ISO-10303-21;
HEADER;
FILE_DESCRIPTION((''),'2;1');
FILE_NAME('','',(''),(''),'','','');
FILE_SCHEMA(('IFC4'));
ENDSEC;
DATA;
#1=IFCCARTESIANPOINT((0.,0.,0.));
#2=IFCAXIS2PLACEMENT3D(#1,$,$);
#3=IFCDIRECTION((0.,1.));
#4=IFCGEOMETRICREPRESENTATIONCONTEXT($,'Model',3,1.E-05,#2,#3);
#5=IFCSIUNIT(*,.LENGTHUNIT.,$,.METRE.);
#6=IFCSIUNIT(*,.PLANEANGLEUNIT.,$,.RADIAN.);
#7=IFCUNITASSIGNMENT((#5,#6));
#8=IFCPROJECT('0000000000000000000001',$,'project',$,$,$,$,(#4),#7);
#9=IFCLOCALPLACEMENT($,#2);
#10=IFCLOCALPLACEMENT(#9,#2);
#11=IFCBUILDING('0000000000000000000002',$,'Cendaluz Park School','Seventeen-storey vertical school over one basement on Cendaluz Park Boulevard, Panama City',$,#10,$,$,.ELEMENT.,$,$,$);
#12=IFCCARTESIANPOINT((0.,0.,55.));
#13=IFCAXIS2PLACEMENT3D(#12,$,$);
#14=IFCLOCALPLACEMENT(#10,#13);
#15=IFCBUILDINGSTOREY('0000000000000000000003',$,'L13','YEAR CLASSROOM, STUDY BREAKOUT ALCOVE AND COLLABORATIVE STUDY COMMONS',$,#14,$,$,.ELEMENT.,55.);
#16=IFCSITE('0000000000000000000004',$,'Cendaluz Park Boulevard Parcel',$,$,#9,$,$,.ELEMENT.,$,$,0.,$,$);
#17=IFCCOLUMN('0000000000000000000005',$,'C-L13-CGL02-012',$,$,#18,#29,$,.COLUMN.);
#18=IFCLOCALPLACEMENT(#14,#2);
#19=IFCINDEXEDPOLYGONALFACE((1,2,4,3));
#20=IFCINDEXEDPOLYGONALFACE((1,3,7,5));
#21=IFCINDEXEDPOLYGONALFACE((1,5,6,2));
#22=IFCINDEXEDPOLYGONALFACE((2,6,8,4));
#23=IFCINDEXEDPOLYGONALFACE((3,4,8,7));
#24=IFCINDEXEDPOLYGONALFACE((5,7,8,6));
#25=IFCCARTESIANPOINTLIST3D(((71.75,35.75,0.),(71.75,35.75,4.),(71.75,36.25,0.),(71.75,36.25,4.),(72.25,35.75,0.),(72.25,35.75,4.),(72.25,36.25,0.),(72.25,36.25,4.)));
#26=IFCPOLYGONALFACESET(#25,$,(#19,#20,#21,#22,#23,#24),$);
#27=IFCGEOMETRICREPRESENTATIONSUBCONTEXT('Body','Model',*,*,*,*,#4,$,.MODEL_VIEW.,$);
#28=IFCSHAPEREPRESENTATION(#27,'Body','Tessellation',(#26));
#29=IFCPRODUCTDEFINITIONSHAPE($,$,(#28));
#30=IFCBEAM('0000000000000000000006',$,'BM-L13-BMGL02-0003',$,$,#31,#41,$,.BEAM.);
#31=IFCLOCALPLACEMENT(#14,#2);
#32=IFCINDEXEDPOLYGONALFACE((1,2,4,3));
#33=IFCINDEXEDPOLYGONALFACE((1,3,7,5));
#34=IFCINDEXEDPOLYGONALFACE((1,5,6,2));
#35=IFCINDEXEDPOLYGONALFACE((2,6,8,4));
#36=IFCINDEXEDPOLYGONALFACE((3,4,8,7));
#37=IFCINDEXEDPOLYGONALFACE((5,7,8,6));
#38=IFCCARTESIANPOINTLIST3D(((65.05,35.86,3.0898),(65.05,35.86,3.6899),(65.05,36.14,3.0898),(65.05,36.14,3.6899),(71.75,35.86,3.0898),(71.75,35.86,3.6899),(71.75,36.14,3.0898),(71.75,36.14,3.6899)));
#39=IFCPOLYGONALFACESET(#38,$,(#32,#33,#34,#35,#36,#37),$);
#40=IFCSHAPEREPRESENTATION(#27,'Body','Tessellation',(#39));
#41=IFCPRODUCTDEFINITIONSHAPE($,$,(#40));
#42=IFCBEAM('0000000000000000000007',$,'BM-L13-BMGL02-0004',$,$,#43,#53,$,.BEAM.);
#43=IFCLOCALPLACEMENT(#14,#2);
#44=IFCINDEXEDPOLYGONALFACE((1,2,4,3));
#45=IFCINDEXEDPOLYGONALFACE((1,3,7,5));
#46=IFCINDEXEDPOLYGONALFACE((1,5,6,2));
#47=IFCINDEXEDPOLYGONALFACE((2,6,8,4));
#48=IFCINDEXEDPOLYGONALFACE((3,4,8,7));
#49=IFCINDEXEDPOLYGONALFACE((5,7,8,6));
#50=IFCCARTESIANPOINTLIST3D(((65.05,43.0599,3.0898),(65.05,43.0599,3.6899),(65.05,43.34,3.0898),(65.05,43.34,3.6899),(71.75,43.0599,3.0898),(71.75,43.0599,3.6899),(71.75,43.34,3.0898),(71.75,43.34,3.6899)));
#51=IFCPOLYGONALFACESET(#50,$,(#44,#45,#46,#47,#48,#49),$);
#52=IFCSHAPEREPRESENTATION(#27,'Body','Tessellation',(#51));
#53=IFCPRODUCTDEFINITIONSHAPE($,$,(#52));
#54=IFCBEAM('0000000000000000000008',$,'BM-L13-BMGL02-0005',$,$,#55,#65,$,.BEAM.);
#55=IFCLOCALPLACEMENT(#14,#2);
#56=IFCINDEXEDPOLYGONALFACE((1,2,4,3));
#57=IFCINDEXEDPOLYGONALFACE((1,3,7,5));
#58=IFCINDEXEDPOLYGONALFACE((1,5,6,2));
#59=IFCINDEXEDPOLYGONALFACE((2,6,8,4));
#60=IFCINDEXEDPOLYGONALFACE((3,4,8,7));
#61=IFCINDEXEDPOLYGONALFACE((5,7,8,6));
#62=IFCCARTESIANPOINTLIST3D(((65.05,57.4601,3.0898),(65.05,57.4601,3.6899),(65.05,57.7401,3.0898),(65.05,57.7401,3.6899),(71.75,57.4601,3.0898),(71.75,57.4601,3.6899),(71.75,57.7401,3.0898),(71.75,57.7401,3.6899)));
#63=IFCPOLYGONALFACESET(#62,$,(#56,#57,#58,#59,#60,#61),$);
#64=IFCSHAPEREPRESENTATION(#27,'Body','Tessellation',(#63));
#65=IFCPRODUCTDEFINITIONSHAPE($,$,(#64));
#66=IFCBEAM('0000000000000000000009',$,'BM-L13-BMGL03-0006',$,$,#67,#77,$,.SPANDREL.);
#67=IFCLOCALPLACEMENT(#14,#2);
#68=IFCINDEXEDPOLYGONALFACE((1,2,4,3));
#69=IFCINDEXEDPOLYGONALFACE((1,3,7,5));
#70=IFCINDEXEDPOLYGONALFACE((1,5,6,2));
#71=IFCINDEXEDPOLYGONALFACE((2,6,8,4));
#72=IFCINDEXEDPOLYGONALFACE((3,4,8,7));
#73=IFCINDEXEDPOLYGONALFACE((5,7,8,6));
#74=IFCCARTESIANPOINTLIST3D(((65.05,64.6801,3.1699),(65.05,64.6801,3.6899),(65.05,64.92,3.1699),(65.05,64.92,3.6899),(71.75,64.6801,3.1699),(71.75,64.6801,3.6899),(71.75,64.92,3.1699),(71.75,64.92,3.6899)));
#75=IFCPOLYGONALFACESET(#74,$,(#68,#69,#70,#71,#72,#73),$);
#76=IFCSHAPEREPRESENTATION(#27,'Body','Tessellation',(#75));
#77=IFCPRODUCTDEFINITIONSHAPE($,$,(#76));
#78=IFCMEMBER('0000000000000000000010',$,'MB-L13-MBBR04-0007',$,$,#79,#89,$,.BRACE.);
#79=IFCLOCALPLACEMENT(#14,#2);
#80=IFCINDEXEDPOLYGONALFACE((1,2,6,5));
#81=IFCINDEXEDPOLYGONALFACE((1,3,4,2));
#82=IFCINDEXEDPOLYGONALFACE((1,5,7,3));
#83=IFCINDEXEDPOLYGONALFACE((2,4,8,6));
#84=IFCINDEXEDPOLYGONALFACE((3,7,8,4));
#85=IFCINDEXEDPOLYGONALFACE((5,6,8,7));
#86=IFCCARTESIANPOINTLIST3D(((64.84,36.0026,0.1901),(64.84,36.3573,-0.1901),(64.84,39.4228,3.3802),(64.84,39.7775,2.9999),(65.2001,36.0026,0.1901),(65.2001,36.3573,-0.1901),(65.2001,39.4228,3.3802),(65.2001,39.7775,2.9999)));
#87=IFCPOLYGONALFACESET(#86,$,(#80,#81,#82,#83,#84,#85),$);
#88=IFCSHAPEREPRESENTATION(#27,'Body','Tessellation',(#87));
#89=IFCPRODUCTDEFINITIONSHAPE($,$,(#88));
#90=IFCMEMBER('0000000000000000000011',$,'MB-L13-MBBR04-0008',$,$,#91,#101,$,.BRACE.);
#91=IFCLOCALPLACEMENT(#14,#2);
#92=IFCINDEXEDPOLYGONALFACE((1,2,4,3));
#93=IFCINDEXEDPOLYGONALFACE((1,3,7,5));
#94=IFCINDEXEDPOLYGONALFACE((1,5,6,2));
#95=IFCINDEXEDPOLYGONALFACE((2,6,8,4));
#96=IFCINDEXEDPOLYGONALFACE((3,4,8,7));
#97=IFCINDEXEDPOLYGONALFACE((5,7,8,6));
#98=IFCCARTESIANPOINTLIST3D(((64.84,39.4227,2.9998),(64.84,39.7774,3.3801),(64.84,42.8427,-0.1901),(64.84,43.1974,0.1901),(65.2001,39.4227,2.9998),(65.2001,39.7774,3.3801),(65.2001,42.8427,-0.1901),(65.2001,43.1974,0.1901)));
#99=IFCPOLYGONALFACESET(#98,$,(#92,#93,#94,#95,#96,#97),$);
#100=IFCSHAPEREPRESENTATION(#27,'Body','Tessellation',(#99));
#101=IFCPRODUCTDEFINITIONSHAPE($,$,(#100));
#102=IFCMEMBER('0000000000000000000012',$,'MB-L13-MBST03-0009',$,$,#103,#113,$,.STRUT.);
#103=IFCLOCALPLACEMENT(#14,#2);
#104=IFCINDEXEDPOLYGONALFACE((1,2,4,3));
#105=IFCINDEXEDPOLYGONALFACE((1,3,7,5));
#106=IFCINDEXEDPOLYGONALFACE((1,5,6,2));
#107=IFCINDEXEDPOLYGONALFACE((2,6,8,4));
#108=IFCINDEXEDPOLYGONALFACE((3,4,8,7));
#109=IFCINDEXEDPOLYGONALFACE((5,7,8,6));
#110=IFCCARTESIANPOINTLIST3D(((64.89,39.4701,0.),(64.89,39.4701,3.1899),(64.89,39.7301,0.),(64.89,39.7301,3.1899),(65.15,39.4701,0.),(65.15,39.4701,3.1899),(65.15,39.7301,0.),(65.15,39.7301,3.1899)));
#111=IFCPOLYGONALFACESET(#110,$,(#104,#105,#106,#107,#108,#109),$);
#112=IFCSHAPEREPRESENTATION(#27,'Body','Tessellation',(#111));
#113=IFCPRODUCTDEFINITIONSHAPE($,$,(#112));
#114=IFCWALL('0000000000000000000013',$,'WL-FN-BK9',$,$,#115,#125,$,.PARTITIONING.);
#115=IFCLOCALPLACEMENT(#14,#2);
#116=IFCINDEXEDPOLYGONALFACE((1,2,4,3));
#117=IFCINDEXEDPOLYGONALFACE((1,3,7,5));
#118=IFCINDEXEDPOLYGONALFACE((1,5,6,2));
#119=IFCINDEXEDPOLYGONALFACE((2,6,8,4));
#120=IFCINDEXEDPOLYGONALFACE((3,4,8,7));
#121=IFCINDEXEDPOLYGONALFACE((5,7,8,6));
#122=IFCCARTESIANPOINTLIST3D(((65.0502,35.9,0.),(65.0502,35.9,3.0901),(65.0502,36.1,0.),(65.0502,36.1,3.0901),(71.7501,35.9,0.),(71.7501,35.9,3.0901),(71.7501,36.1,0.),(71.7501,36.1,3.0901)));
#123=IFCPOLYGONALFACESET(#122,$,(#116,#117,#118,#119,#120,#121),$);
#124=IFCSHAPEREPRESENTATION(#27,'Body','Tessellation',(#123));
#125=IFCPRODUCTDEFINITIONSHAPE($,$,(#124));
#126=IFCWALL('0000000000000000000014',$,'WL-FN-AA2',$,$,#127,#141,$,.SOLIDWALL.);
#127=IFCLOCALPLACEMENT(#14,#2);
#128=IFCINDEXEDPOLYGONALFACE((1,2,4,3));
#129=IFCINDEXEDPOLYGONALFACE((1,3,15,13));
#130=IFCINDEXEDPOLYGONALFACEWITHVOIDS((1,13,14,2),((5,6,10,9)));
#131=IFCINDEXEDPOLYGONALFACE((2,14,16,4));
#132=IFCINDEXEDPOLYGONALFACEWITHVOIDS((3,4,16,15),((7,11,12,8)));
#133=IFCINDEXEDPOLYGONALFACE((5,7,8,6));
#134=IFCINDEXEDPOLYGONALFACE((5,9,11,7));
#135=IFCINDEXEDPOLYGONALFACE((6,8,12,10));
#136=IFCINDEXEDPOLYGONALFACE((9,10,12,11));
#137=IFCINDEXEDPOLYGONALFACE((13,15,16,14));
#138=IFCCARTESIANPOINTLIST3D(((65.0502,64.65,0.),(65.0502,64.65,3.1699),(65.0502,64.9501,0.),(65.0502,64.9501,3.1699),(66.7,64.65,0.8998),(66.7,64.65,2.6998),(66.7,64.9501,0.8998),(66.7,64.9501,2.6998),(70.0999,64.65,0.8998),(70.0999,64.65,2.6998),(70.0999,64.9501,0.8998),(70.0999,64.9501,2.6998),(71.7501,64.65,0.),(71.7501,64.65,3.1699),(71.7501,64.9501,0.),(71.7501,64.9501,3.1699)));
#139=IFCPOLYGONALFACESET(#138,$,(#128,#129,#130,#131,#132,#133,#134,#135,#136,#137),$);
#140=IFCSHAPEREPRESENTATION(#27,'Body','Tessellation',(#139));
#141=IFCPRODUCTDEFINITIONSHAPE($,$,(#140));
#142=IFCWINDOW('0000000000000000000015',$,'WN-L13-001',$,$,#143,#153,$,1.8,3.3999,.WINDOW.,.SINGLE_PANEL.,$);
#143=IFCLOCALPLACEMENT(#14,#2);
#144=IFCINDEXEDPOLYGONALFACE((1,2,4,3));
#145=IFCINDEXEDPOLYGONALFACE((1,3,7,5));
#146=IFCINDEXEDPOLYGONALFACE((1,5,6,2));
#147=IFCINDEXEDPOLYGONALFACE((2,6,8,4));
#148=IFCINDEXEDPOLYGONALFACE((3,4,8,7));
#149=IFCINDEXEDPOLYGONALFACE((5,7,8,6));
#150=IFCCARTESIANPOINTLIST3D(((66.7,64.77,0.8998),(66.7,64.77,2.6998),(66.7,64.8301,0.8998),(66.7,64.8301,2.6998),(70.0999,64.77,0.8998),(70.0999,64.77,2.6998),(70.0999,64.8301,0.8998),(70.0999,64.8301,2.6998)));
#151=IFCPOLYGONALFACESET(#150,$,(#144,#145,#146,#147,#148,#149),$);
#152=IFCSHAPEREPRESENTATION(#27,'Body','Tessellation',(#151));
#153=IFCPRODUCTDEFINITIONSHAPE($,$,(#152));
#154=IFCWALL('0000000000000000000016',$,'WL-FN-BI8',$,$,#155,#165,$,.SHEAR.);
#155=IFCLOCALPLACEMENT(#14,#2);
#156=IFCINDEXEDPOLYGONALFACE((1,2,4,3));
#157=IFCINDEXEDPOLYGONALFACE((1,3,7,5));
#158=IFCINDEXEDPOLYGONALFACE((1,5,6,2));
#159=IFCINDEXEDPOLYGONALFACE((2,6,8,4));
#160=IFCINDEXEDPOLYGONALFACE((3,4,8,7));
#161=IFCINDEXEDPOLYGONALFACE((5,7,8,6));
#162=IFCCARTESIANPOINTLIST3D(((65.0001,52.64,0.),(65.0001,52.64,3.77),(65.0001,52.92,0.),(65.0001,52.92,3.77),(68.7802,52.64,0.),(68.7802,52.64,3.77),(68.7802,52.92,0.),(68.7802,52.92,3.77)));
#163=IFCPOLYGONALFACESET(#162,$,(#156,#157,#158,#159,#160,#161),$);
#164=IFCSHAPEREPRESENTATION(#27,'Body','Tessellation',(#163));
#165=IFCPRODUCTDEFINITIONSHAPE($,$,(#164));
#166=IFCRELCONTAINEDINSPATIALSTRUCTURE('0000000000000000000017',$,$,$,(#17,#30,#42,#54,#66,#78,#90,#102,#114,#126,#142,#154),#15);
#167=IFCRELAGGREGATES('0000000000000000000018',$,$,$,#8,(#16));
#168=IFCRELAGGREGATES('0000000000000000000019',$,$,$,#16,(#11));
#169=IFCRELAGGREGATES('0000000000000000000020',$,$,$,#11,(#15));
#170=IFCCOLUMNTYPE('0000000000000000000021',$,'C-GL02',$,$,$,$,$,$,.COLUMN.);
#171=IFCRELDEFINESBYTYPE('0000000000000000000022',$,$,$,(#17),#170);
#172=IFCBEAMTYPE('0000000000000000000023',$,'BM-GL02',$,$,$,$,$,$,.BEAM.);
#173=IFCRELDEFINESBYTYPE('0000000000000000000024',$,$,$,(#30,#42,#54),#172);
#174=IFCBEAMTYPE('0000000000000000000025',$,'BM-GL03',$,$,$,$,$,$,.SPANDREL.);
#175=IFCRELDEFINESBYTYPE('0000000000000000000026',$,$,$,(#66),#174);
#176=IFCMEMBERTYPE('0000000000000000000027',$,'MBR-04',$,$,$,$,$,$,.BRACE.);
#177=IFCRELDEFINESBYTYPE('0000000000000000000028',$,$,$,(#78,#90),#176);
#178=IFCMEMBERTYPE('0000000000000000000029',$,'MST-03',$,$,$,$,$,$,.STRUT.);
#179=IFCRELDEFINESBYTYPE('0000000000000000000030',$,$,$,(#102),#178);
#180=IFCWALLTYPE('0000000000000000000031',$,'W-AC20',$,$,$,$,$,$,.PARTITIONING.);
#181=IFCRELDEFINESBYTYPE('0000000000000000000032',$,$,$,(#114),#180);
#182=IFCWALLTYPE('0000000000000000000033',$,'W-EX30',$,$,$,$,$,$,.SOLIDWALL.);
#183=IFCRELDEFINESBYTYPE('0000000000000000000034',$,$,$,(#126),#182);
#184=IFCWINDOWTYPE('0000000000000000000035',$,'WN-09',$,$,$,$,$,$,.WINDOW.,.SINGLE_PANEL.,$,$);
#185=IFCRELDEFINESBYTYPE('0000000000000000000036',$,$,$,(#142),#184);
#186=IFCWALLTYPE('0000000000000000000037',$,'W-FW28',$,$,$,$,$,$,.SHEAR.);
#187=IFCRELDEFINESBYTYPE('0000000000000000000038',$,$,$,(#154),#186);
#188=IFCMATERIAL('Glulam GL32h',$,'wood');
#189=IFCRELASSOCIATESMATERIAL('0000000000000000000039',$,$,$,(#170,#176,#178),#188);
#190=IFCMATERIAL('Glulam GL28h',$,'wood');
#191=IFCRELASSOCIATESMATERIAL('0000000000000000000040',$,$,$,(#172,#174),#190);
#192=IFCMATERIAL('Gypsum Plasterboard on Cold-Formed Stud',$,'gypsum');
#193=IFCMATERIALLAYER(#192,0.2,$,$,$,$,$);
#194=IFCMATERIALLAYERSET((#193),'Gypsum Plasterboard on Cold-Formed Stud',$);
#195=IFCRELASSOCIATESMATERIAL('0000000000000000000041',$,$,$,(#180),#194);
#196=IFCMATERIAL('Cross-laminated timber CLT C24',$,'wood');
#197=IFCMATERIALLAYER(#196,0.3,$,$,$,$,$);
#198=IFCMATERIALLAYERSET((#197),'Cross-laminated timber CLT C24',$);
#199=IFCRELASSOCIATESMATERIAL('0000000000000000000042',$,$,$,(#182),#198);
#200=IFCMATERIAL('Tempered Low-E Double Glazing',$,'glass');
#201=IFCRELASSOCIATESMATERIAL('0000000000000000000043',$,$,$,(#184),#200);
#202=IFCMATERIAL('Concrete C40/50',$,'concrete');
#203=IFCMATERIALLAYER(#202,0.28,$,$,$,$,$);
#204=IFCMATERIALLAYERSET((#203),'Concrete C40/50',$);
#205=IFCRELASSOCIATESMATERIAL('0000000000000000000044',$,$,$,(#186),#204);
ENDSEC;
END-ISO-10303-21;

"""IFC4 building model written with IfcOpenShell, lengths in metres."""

from ifc_helpers import new_model, si_unit, direction, frame, frame_2d, origin, origin_2d, place, context, subcontext, project, spatial, rectangle, extrude, material, layer, layer_set, material_profile, profile_set, type_object, element, fill, save


model = new_model("IFC4")

# Units and contexts
model_context = context("Model", 3, precision=1e-05, world=origin(), true_north=direction((0.0, 1.0)))
body_context = subcontext(model_context, "Body", "Model", "MODEL_VIEW")
ifc_project = project(units=[si_unit("LENGTHUNIT", "METRE"), si_unit("PLANEANGLEUNIT", "RADIAN")], contexts=[model_context])

# Site, building, storey
site_placement = place(None, origin())
site = spatial("IfcSite", under=ifc_project, at=site_placement, Name="Cendaluz Park Boulevard Parcel", CompositionType="ELEMENT", RefElevation=0.0)
building_placement = place(site_placement, origin())
building = spatial("IfcBuilding", under=site, at=building_placement, Name="Cendaluz Park School", Description="Seventeen-storey vertical school over one basement on Cendaluz Park Boulevard, Panama City", CompositionType="ELEMENT")
storey_placement = place(building_placement, frame((0.0, 0.0, 55.0)))
storey = spatial("IfcBuildingStorey", under=building, at=storey_placement, Name="L13", Description="YEAR CLASSROOM, STUDY BREAKOUT ALCOVE AND COLLABORATIVE STUDY COMMONS", CompositionType="ELEMENT", Elevation=55.0)

# Column
ifc_material_1 = material(Name="Glulam GL32h", Category="wood")
ifc_material_profile_1 = material_profile(ifc_material_1, rectangle(XDim=0.5, YDim=0.5, at=origin_2d()), Name="GL32h 500x500", Category="wood")
ifc_profile_set_1 = profile_set([ifc_material_profile_1], Name="Glulam GL32h")
column_type = type_object("IfcColumnType", Name="C-GL02", PredefinedType="COLUMN", material=ifc_profile_set_1)
column_placement = place(storey_placement, frame((72.0, 36.0, 0.0), z_axis=(0.0, 0.0, 1.0), x_axis=(1.0, 0.0, 0.0)))
element("IfcColumn", 1, at=column_placement, inside=storey, type_object=column_type, Name="C-L13-CGL02-012", PredefinedType="COLUMN", context=body_context, shape_type="SweptSolid", body=[
    extrude(rectangle(XDim=0.5, YDim=0.5, at=origin_2d()), origin(), (0.0, 0.0, 1.0), 4.0),
])

# Beams
ifc_material_2 = material(Name="Glulam GL28h", Category="wood")
ifc_material_profile_2 = material_profile(ifc_material_2, rectangle(XDim=0.28, YDim=0.6001, at=origin_2d()), Name="GL28h 280x600", Category="wood")
ifc_profile_set_2 = profile_set([ifc_material_profile_2], Name="Glulam GL28h")
beam_type_1 = type_object("IfcBeamType", Name="BM-GL02", PredefinedType="BEAM", material=ifc_profile_set_2)
for number, where, z_axis, x_axis, name in (
    (2, (65.05, 36.0, 3.3899), (1.0, 0.0, 0.0), (0.0, 1.0, 0.0), "BM-L13-BMGL02-0003"),
    (3, (65.05, 43.2, 3.3899), (1.0, 0.0, 0.0), (0.0, 1.0, 0.0), "BM-L13-BMGL02-0004"),
    (4, (65.05, 57.6001, 3.3899), (1.0, 0.0, 0.0), (0.0, 1.0, 0.0), "BM-L13-BMGL02-0005"),
):
    element("IfcBeam", number, at=place(storey_placement, frame(where, z_axis=z_axis, x_axis=x_axis)), inside=storey, type_object=beam_type_1, Name=name, PredefinedType="BEAM", context=body_context, shape_type="SweptSolid", body=[
        extrude(rectangle(XDim=0.28, YDim=0.6001, at=origin_2d()), origin(), (0.0, 0.0, 1.0), 6.7),
    ])
ifc_material_profile_3 = material_profile(ifc_material_2, rectangle(XDim=0.24, YDim=0.52, at=origin_2d()), Name="GL28h 240x520", Category="wood")
ifc_profile_set_3 = profile_set([ifc_material_profile_3], Name="Glulam GL28h")
beam_type_2 = type_object("IfcBeamType", Name="BM-GL03", PredefinedType="SPANDREL", material=ifc_profile_set_3)
beam_placement = place(storey_placement, frame((65.05, 64.8, 3.4299), z_axis=(1.0, 0.0, 0.0), x_axis=(0.0, 1.0, 0.0)))
element("IfcBeam", 5, at=beam_placement, inside=storey, type_object=beam_type_2, Name="BM-L13-BMGL03-0006", PredefinedType="SPANDREL", context=body_context, shape_type="SweptSolid", body=[
    extrude(rectangle(XDim=0.24, YDim=0.52, at=origin_2d()), origin(), (0.0, 0.0, 1.0), 6.7),
])

# Members
ifc_material_profile_4 = material_profile(ifc_material_1, rectangle(XDim=0.3601, YDim=0.52, at=origin_2d()), Name="GL32h 360x520", Category="wood")
ifc_profile_set_4 = profile_set([ifc_material_profile_4], Name="Glulam GL32h")
member_type_1 = type_object("IfcMemberType", Name="MBR-04", PredefinedType="BRACE", material=ifc_profile_set_4)
member_1_placement = place(storey_placement, frame((65.02, 36.1799, 0.0), z_axis=(0.0, 0.731291, 0.682065), x_axis=(-1.0, 0.0, 0.0)))
element("IfcMember", 6, at=member_1_placement, inside=storey, type_object=member_type_1, Name="MB-L13-MBBR04-0007", PredefinedType="BRACE", context=body_context, shape_type="SweptSolid", body=[
    extrude(rectangle(XDim=0.3601, YDim=0.52, at=origin_2d()), origin(), (0.0, 0.0, 1.0), 4.677),
])
member_2_placement = place(storey_placement, frame((65.02, 43.02, 0.0), z_axis=(0.0, -0.731267, 0.682091), x_axis=(1.0, 0.0, 0.0)))
element("IfcMember", 7, at=member_2_placement, inside=storey, type_object=member_type_1, Name="MB-L13-MBBR04-0008", PredefinedType="BRACE", context=body_context, shape_type="SweptSolid", body=[
    extrude(rectangle(XDim=0.3601, YDim=0.52, at=origin_2d()), origin(), (0.0, 0.0, 1.0), 4.6768),
])
ifc_material_profile_5 = material_profile(ifc_material_1, rectangle(XDim=0.26, YDim=0.26, at=origin_2d()), Name="GL32h 260x260", Category="wood")
ifc_profile_set_5 = profile_set([ifc_material_profile_5], Name="Glulam GL32h")
member_type_2 = type_object("IfcMemberType", Name="MST-03", PredefinedType="STRUT", material=ifc_profile_set_5)
member_3_placement = place(storey_placement, frame((65.02, 39.6001, 0.0), z_axis=(0.0, 0.0, 1.0), x_axis=(1.0, 0.0, 0.0)))
element("IfcMember", 8, at=member_3_placement, inside=storey, type_object=member_type_2, Name="MB-L13-MBST03-0009", PredefinedType="STRUT", context=body_context, shape_type="SweptSolid", body=[
    extrude(rectangle(XDim=0.26, YDim=0.26, at=origin_2d()), origin(), (0.0, 0.0, 1.0), 3.1899),
])

# Wall
ifc_material_3 = material(Name="Gypsum Plasterboard on Cold-Formed Stud", Category="gypsum")
ifc_layer_1 = layer(ifc_material_3, 0.2)
ifc_layer_set_1 = layer_set([ifc_layer_1], Name="Gypsum Plasterboard on Cold-Formed Stud")
wall_type_1 = type_object("IfcWallType", Name="W-AC20", PredefinedType="PARTITIONING", material=ifc_layer_set_1)
wall_1_placement = place(storey_placement, frame((65.05, 36.0, 0.0), z_axis=(0.0, 0.0, 1.0), x_axis=(1.0, 0.0, 0.0)))
element("IfcWall", 9, at=wall_1_placement, inside=storey, type_object=wall_type_1, Name="WL-FN-BK9", PredefinedType="PARTITIONING", context=body_context, shape_type="SweptSolid", body=[
    extrude(rectangle(XDim=6.7, YDim=0.2, at=frame_2d((3.3501, 0.0))), origin(), (0.0, 0.0, 1.0), 3.0901),
])

# Wall, opening, window
ifc_material_4 = material(Name="Cross-laminated timber CLT C24", Category="wood")
ifc_layer_2 = layer(ifc_material_4, 0.3)
ifc_layer_set_2 = layer_set([ifc_layer_2], Name="Cross-laminated timber CLT C24")
wall_type_2 = type_object("IfcWallType", Name="W-EX30", PredefinedType="SOLIDWALL", material=ifc_layer_set_2)
wall_2_placement = place(storey_placement, frame((65.05, 64.8, 0.0), z_axis=(0.0, 0.0, 1.0), x_axis=(1.0, 0.0, 0.0)))
wall_2 = element("IfcWall", 10, at=wall_2_placement, inside=storey, type_object=wall_type_2, Name="WL-FN-AA2", PredefinedType="SOLIDWALL", context=body_context, shape_type="SweptSolid", body=[
    extrude(rectangle(XDim=6.7, YDim=0.3, at=frame_2d((3.3501, 0.0))), origin(), (0.0, 0.0, 1.0), 3.1699),
])
opening_1_placement = place(wall_2_placement, frame((1.6499, 0.0, 0.8999)))
opening_1 = element("IfcOpeningElement", 11, at=opening_1_placement, cuts=wall_2, PredefinedType="OPENING", context=body_context, shape_type="SweptSolid", body=[
    extrude(rectangle(XDim=3.3999, YDim=1.8, at=frame_2d((1.7, 0.8999))), frame((0.0, 0.1621, 0.0), z_axis=(0.0, -1.0, 0.0), x_axis=(1.0, 0.0, 0.0)), (0.0, 0.0, 1.0), 0.324),
])
ifc_material_5 = material(Name="Tempered Low-E Double Glazing", Category="glass")
window_type = type_object("IfcWindowType", Name="WN-09", PartitioningType="SINGLE_PANEL", PredefinedType="WINDOW", material=ifc_material_5)
window_placement = place(opening_1_placement, origin())
window = element("IfcWindow", 12, at=window_placement, inside=storey, type_object=window_type, Name="WN-L13-001", OverallHeight=1.8, OverallWidth=3.3999, PartitioningType="SINGLE_PANEL", PredefinedType="WINDOW", context=body_context, shape_type="SweptSolid", body=[
    extrude(rectangle(XDim=3.3999, YDim=1.8, at=frame_2d((1.7, 0.8999))), frame((0.0, 0.03, 0.0), z_axis=(0.0, -1.0, 0.0), x_axis=(1.0, 0.0, 0.0)), (0.0, 0.0, 1.0), 0.0601),
])
fill(opening_1, window)

# Shared definitions
ifc_material_6 = material(Name="Concrete C40/50", Category="concrete")
ifc_layer_3 = layer(ifc_material_6, 0.28)
ifc_layer_set_3 = layer_set([ifc_layer_3], Name="Concrete C40/50")
wall_type_3 = type_object("IfcWallType", Name="W-FW28", PredefinedType="SHEAR", material=ifc_layer_set_3)

# Wall
wall_3_placement = place(storey_placement, frame((65.0, 52.78, 0.0), z_axis=(0.0, 0.0, 1.0), x_axis=(1.0, 0.0, 0.0)))
element("IfcWall", 13, at=wall_3_placement, inside=storey, type_object=wall_type_3, Name="WL-FN-BI8", PredefinedType="SHEAR", context=body_context, shape_type="SweptSolid", body=[
    extrude(rectangle(XDim=3.78, YDim=0.28, at=frame_2d((1.8901, 0.0))), origin(), (0.0, 0.0, 1.0), 3.77),
])

save(model, "model.ifc")
